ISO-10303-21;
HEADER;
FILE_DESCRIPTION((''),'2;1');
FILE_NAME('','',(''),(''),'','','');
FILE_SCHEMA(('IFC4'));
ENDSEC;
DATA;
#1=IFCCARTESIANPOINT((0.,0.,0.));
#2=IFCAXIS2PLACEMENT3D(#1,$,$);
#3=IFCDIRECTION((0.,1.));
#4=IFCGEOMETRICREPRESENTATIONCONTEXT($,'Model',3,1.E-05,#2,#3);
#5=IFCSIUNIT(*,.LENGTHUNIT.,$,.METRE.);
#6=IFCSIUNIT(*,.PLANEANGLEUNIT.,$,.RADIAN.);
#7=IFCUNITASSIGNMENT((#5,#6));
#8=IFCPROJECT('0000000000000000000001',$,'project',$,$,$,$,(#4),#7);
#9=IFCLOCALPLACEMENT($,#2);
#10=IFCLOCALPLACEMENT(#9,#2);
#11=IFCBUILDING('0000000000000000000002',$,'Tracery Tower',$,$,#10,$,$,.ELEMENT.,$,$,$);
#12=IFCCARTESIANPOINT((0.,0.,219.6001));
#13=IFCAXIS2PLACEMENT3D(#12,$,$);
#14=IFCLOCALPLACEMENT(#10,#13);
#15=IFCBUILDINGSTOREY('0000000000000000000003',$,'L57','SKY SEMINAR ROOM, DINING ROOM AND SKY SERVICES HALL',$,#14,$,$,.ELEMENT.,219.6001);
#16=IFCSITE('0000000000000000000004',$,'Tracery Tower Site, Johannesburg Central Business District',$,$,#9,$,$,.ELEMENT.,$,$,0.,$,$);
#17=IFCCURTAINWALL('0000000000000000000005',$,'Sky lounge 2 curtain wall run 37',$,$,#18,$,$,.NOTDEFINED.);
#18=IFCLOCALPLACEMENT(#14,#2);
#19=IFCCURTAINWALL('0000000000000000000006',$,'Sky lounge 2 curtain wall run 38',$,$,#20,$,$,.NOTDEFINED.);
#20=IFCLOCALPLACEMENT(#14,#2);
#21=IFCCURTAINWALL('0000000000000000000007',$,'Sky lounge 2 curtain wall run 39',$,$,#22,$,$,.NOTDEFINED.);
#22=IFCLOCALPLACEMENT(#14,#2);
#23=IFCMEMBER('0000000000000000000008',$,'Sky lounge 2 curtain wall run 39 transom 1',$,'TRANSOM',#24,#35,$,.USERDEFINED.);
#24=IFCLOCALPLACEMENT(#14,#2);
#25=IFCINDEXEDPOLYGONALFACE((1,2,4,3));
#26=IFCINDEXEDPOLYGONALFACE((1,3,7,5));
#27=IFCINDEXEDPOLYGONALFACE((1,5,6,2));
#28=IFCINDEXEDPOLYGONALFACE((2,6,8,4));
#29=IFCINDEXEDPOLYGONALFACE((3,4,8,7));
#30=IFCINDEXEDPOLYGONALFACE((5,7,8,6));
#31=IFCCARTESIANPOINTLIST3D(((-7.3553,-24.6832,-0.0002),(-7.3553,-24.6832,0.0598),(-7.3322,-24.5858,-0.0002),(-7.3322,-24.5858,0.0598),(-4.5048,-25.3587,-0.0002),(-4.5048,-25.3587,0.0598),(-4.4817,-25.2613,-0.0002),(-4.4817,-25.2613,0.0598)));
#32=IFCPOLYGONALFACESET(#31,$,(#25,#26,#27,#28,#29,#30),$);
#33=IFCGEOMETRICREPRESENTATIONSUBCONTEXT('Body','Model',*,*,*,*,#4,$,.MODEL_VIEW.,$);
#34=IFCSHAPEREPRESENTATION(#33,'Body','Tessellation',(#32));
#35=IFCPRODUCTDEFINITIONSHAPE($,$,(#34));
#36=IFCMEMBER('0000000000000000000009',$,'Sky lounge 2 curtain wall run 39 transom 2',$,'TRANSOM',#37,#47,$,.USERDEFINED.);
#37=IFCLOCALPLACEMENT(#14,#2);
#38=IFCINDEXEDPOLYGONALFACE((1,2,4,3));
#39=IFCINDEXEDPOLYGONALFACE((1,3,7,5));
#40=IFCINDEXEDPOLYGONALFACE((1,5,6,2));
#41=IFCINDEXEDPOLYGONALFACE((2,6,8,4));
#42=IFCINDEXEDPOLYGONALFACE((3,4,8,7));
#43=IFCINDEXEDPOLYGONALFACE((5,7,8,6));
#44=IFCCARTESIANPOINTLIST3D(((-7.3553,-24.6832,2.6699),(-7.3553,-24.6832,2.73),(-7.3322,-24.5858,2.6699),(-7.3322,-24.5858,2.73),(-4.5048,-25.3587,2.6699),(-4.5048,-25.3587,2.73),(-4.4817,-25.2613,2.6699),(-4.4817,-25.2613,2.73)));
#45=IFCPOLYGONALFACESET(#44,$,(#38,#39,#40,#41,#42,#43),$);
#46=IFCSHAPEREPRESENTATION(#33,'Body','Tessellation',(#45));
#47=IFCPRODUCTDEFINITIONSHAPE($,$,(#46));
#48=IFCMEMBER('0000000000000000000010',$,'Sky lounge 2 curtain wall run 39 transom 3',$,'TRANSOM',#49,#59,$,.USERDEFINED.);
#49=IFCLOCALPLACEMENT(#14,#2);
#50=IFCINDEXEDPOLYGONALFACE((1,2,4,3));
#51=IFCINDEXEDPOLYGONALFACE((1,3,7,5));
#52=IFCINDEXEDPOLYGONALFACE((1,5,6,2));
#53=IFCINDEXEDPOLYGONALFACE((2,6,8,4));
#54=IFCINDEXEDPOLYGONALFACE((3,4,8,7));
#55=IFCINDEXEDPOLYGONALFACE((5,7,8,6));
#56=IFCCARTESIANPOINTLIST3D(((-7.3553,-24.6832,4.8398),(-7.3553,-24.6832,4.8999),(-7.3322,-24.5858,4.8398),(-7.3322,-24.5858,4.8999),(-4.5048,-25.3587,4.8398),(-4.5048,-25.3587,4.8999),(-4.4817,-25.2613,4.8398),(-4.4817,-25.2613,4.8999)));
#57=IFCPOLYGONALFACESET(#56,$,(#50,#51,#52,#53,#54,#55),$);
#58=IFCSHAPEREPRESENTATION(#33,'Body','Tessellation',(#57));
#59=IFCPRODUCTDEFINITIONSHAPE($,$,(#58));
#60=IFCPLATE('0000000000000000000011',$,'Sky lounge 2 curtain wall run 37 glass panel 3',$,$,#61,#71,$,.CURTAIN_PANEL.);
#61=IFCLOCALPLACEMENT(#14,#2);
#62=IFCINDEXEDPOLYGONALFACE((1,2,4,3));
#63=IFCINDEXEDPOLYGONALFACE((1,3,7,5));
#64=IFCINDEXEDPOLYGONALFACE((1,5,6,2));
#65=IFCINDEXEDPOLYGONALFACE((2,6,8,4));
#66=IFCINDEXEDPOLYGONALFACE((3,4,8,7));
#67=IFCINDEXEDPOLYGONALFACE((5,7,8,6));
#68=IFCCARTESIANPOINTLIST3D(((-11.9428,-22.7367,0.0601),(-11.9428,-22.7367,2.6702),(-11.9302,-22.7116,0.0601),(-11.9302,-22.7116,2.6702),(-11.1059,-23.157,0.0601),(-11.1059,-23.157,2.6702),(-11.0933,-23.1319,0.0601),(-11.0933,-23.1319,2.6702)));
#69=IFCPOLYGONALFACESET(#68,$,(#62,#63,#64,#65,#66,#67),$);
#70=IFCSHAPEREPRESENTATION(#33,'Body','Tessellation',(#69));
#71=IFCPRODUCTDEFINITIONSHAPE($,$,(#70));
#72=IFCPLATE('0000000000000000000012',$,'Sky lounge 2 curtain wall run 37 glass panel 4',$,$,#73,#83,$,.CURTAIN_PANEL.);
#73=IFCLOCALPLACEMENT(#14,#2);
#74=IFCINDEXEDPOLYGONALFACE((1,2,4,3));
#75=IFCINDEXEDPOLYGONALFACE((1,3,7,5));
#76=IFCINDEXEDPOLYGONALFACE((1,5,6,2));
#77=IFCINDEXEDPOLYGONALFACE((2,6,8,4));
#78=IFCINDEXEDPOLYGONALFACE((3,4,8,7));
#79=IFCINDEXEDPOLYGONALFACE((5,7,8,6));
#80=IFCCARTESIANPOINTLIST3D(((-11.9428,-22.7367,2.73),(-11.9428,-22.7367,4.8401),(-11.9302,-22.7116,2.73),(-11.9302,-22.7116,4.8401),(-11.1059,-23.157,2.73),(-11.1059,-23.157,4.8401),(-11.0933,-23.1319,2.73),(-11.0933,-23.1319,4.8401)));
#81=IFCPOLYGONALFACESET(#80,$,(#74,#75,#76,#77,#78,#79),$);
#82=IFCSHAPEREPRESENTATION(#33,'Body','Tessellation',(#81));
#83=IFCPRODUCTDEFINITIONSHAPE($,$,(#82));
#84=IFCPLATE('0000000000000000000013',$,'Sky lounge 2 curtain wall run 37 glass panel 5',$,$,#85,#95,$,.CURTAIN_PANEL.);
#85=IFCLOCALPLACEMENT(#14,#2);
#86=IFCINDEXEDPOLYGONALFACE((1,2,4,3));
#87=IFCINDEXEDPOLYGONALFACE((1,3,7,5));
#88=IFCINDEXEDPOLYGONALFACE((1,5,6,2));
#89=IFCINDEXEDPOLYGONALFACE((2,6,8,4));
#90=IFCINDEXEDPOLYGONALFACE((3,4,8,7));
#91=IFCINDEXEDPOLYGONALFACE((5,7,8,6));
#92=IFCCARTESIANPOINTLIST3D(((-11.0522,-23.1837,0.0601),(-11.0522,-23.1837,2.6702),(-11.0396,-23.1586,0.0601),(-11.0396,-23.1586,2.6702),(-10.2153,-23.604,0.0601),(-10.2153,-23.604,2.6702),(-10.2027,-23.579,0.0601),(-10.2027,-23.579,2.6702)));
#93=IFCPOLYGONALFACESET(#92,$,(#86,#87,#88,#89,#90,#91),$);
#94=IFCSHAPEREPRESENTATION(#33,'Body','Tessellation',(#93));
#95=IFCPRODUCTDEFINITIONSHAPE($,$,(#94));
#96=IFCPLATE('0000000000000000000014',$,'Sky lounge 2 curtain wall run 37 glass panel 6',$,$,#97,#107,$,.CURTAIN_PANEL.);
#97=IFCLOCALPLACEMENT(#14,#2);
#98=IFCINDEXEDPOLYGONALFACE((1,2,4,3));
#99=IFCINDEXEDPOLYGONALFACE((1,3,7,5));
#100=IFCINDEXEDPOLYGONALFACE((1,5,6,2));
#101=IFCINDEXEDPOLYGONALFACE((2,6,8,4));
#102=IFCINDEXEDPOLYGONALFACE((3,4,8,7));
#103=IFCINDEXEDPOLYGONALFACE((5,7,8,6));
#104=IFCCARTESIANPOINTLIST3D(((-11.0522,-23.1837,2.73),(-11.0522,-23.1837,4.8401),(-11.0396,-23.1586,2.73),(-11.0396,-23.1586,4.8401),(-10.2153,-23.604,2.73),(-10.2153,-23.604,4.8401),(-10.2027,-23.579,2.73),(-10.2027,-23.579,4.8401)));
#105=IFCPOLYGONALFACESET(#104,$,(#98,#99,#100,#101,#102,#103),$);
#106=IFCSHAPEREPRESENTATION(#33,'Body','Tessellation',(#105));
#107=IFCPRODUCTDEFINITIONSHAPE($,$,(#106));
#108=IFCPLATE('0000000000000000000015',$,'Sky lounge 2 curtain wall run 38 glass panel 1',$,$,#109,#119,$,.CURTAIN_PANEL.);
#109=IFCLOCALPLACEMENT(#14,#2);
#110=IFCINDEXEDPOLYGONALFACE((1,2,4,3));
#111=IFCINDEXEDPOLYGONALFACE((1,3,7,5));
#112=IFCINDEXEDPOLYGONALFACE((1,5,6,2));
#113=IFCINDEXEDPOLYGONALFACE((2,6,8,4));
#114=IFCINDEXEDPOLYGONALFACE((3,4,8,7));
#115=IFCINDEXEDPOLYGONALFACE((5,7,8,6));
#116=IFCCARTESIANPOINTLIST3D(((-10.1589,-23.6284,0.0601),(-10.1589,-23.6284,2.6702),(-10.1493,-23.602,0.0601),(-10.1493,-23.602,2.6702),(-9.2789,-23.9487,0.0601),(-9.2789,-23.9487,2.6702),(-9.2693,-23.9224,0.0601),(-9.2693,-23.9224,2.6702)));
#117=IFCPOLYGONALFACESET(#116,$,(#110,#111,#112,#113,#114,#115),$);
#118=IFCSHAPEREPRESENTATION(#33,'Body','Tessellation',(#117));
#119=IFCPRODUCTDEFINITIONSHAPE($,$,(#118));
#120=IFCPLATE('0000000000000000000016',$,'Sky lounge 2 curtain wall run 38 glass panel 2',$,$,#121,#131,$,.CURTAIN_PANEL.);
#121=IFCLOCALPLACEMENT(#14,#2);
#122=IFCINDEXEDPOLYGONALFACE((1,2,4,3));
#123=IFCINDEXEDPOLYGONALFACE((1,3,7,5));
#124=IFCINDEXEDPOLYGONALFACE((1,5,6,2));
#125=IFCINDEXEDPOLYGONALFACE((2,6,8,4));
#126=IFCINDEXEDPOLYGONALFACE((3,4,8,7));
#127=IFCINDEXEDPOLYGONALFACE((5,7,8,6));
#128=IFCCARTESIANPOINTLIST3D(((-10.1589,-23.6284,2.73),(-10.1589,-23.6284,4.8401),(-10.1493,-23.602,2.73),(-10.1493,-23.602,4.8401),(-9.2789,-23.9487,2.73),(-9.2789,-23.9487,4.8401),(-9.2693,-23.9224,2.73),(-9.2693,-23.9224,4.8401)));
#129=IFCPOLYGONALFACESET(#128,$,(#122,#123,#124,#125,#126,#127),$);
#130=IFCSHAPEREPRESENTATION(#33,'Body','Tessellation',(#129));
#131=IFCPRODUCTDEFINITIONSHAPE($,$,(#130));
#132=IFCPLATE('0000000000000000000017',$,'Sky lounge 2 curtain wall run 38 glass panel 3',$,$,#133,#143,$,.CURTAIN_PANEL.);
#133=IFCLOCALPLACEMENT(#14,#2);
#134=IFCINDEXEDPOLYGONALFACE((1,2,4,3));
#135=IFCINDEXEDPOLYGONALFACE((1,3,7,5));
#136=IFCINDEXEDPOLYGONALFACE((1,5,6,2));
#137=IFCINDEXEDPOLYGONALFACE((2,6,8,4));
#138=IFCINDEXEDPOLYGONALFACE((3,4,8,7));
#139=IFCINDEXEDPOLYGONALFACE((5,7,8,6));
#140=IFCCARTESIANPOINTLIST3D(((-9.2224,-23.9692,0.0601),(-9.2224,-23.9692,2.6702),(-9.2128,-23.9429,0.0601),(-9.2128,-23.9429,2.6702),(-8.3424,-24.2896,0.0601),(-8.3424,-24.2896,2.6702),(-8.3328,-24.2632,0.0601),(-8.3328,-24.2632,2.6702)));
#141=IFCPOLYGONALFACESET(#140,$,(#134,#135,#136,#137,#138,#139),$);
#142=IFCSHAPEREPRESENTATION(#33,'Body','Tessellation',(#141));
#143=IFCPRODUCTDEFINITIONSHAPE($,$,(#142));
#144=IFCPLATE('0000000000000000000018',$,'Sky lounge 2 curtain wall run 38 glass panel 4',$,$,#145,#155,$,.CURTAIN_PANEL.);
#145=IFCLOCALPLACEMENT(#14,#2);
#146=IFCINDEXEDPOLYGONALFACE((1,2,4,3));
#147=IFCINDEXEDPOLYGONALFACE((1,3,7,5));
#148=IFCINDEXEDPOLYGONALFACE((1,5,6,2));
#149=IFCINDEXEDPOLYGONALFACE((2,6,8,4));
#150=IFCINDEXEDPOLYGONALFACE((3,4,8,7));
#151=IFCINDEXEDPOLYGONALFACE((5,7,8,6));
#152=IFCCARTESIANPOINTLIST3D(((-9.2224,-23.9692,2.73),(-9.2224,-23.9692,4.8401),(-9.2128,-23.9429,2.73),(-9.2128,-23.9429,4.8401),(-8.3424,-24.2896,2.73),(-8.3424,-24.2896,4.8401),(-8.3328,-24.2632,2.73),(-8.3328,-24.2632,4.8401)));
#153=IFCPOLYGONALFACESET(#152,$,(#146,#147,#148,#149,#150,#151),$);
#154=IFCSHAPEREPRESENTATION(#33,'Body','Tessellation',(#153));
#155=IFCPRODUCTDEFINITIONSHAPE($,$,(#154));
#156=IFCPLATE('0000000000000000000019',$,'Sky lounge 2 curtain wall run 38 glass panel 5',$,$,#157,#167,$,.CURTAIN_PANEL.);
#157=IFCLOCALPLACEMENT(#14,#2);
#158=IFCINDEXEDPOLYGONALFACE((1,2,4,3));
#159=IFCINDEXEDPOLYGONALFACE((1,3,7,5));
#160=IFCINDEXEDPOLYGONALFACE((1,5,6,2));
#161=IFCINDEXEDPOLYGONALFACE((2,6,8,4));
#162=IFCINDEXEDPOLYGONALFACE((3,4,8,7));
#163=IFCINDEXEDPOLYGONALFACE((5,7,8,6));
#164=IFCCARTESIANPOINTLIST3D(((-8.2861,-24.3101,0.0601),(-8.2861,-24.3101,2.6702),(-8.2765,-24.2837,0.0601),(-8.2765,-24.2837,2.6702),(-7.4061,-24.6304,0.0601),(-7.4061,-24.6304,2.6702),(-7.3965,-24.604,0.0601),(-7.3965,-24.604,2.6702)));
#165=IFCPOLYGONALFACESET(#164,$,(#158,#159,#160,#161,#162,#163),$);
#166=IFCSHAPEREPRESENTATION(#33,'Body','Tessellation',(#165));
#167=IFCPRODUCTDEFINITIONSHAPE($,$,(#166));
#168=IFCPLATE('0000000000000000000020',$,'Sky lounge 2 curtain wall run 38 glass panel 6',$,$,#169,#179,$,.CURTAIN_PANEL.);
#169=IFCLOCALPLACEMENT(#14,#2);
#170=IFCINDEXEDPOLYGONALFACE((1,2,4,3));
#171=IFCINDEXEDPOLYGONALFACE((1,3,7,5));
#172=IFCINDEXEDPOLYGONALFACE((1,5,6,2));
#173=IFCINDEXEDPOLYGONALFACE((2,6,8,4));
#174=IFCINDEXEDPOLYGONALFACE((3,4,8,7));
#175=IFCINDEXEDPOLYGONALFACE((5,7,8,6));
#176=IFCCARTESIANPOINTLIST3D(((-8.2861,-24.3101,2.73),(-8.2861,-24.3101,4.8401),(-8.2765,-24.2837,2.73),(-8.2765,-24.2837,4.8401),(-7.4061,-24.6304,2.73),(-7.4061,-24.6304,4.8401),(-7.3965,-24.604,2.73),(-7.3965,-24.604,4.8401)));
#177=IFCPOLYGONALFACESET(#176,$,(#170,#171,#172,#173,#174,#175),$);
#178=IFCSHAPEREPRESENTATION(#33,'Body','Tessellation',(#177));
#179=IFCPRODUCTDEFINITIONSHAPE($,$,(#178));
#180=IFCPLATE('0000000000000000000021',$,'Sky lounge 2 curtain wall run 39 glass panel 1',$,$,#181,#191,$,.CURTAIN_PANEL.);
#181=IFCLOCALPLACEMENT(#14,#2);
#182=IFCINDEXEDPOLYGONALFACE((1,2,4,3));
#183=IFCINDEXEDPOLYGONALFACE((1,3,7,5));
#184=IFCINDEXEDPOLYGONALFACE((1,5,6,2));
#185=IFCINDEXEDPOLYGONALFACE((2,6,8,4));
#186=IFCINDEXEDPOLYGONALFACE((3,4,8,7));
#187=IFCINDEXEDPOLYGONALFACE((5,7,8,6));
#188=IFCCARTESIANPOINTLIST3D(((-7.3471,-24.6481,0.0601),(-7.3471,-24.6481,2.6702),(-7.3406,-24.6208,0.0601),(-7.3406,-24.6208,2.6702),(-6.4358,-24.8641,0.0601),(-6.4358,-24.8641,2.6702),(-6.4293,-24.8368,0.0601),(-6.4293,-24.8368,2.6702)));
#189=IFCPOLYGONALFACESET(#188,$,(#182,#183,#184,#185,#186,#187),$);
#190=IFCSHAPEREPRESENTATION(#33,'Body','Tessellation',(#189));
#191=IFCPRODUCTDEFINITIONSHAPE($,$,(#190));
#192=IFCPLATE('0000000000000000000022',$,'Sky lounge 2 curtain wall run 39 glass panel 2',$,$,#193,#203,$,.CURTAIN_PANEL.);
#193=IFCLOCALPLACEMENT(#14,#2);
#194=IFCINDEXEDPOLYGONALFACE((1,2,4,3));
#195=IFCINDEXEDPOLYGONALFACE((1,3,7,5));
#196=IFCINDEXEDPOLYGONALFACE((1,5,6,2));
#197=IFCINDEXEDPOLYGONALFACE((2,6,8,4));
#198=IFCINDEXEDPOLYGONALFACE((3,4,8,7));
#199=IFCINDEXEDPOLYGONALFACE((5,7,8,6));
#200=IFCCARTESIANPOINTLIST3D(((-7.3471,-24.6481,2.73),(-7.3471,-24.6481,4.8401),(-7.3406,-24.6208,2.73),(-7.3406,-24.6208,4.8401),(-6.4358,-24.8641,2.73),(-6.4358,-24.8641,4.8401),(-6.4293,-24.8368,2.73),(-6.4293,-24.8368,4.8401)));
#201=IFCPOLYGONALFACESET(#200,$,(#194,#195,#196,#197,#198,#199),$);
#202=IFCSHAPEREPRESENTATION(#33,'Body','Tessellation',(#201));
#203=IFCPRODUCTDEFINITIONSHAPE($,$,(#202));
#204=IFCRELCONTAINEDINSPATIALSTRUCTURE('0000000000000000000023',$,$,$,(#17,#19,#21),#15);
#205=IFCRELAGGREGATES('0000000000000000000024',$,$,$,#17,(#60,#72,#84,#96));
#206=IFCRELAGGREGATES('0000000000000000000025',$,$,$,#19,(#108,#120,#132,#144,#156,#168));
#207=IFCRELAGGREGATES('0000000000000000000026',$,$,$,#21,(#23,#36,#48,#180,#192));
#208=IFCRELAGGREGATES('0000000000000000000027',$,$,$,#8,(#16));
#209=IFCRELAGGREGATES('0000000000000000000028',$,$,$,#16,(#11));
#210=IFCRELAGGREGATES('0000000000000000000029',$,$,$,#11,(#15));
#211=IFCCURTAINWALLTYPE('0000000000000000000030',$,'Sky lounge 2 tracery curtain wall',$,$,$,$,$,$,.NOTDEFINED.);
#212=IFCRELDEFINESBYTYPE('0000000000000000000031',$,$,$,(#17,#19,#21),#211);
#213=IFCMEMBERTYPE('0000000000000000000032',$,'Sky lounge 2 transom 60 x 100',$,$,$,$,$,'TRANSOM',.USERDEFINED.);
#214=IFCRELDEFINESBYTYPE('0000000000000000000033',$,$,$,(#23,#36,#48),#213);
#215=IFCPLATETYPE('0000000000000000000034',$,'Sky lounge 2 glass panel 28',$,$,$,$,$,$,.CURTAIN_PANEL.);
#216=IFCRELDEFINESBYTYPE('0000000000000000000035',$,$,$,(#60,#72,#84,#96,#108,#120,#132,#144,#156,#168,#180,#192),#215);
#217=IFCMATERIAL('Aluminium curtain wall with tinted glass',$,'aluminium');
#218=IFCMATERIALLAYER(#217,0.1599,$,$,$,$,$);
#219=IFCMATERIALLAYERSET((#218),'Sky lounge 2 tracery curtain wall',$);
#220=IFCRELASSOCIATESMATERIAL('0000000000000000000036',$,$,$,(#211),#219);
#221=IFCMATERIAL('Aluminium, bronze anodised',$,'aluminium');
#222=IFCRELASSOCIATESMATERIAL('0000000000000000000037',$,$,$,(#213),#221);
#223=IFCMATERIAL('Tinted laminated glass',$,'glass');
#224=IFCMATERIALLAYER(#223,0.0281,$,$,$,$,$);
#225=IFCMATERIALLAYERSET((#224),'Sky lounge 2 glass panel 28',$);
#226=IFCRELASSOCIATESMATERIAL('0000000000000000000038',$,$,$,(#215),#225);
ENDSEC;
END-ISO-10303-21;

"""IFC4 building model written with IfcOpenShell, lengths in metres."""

from ifc_helpers import new_model, si_unit, direction, frame, origin, origin_2d, place, context, subcontext, project, spatial, rectangle, extrude, material, layer, layer_set, material_profile, profile_set, type_object, element, aggregate, save


model = new_model("IFC4")

# Units and contexts
model_context = context("Model", 3, precision=1e-05, world=origin(), true_north=direction((0.0, 1.0)))
body_context = subcontext(model_context, "Body", "Model", "MODEL_VIEW")
ifc_project = project(units=[si_unit("LENGTHUNIT", "METRE"), si_unit("PLANEANGLEUNIT", "RADIAN")], contexts=[model_context])

# Site, building, storey
site_placement = place(None, origin())
site = spatial("IfcSite", under=ifc_project, at=site_placement, Name="Tracery Tower Site, Johannesburg Central Business District", CompositionType="ELEMENT", RefElevation=0.0)
building_placement = place(site_placement, origin())
building = spatial("IfcBuilding", under=site, at=building_placement, Name="Tracery Tower", CompositionType="ELEMENT")
storey_placement = place(building_placement, frame((0.0, 0.0, 219.6001)))
storey = spatial("IfcBuildingStorey", under=building, at=storey_placement, Name="L57", Description="SKY SEMINAR ROOM, DINING ROOM AND SKY SERVICES HALL", CompositionType="ELEMENT", Elevation=219.6001)

# Curtain wall
ifc_material_1 = material(Name="Aluminium curtain wall with tinted glass", Category="aluminium")
ifc_layer_1 = layer(ifc_material_1, 0.1599)
ifc_layer_set_1 = layer_set([ifc_layer_1], Name="Sky lounge 2 tracery curtain wall")
curtain_wall_type = type_object("IfcCurtainWallType", Name="Sky lounge 2 tracery curtain wall", PredefinedType="NOTDEFINED", material=ifc_layer_set_1)
curtain_wall_1_placement = place(storey_placement, origin())
curtain_wall_1 = element("IfcCurtainWall", 1, at=curtain_wall_1_placement, inside=storey, type_object=curtain_wall_type, Name="Sky lounge 2 curtain wall run 37", PredefinedType="NOTDEFINED")

# Curtain walls
curtain_wall_2_placement = place(storey_placement, origin())
curtain_wall_2 = element("IfcCurtainWall", 2, at=curtain_wall_2_placement, inside=storey, type_object=curtain_wall_type, Name="Sky lounge 2 curtain wall run 38", PredefinedType="NOTDEFINED")
curtain_wall_3_placement = place(storey_placement, origin())
curtain_wall_3 = element("IfcCurtainWall", 3, at=curtain_wall_3_placement, inside=storey, type_object=curtain_wall_type, Name="Sky lounge 2 curtain wall run 39", PredefinedType="NOTDEFINED")

# Members
ifc_material_2 = material(Name="Aluminium, bronze anodised", Category="aluminium")
ifc_material_profile_1 = material_profile(ifc_material_2, rectangle(XDim=0.1001, YDim=0.0601, at=origin_2d()), Name="AL 60x100")
ifc_profile_set_1 = profile_set([ifc_material_profile_1], Name="Aluminium, bronze anodised")
member_type_1 = type_object("IfcMemberType", Name="Sky lounge 2 transom 60 x 100", ElementType="TRANSOM", PredefinedType="USERDEFINED", material=ifc_profile_set_1)
member_1_placement = place(storey_placement, frame((-7.3438, -24.6345, 0.0298), z_axis=(0.97305, -0.230595, 0.0), x_axis=(0.230595, 0.97305, 0.0)))
member_1 = element("IfcMember", 4, at=member_1_placement, type_object=member_type_1, Name="Sky lounge 2 curtain wall run 39 transom 1", ObjectType="TRANSOM", PredefinedType="USERDEFINED", context=body_context, shape_type="SweptSolid", body=[
    extrude(rectangle(XDim=0.1001, YDim=0.0601, at=origin_2d()), origin(), (0.0, 0.0, 1.0), 2.9294),
])
member_2_placement = place(storey_placement, frame((-7.3438, -24.6345, 2.7), z_axis=(0.97305, -0.230595, 0.0), x_axis=(0.230595, 0.97305, 0.0)))
member_2 = element("IfcMember", 5, at=member_2_placement, type_object=member_type_1, Name="Sky lounge 2 curtain wall run 39 transom 2", ObjectType="TRANSOM", PredefinedType="USERDEFINED", context=body_context, shape_type="SweptSolid", body=[
    extrude(rectangle(XDim=0.1001, YDim=0.0601, at=origin_2d()), origin(), (0.0, 0.0, 1.0), 2.9294),
])
member_3_placement = place(storey_placement, frame((-7.3438, -24.6345, 4.8699), z_axis=(0.97305, -0.230595, 0.0), x_axis=(0.230595, 0.97305, 0.0)))
member_3 = element("IfcMember", 6, at=member_3_placement, type_object=member_type_1, Name="Sky lounge 2 curtain wall run 39 transom 3", ObjectType="TRANSOM", PredefinedType="USERDEFINED", context=body_context, shape_type="SweptSolid", body=[
    extrude(rectangle(XDim=0.1001, YDim=0.0601, at=origin_2d()), origin(), (0.0, 0.0, 1.0), 2.9294),
])

# Plates
ifc_material_3 = material(Name="Tinted laminated glass", Category="glass")
ifc_layer_2 = layer(ifc_material_3, 0.0281)
ifc_layer_set_2 = layer_set([ifc_layer_2], Name="Sky lounge 2 glass panel 28")
plate_type = type_object("IfcPlateType", Name="Sky lounge 2 glass panel 28", PredefinedType="CURTAIN_PANEL", material=ifc_layer_set_2)
plate_1_placement = place(storey_placement, frame((-11.5181, -22.9343, 0.0601), z_axis=(0.0, 0.0, 1.0), x_axis=(0.893633, -0.448799, 0.0)))
plate_1 = element("IfcPlate", 7, at=plate_1_placement, type_object=plate_type, Name="Sky lounge 2 curtain wall run 37 glass panel 3", PredefinedType="CURTAIN_PANEL", context=body_context, shape_type="SweptSolid", body=[
    extrude(rectangle(XDim=0.9365, YDim=0.0281, at=origin_2d()), origin(), (0.0, 0.0, 1.0), 2.6101),
])
plate_2_placement = place(storey_placement, frame((-11.5181, -22.9343, 2.73), z_axis=(0.0, 0.0, 1.0), x_axis=(0.893633, -0.448799, 0.0)))
plate_2 = element("IfcPlate", 8, at=plate_2_placement, type_object=plate_type, Name="Sky lounge 2 curtain wall run 37 glass panel 4", PredefinedType="CURTAIN_PANEL", context=body_context, shape_type="SweptSolid", body=[
    extrude(rectangle(XDim=0.9365, YDim=0.0281, at=origin_2d()), origin(), (0.0, 0.0, 1.0), 2.1101),
])
plate_3_placement = place(storey_placement, frame((-10.6274, -23.3813, 0.0601), z_axis=(0.0, 0.0, 1.0), x_axis=(0.893633, -0.448799, 0.0)))
plate_3 = element("IfcPlate", 9, at=plate_3_placement, type_object=plate_type, Name="Sky lounge 2 curtain wall run 37 glass panel 5", PredefinedType="CURTAIN_PANEL", context=body_context, shape_type="SweptSolid", body=[
    extrude(rectangle(XDim=0.9365, YDim=0.0281, at=origin_2d()), origin(), (0.0, 0.0, 1.0), 2.6101),
])
plate_4_placement = place(storey_placement, frame((-10.6274, -23.3813, 2.73), z_axis=(0.0, 0.0, 1.0), x_axis=(0.893633, -0.448799, 0.0)))
plate_4 = element("IfcPlate", 10, at=plate_4_placement, type_object=plate_type, Name="Sky lounge 2 curtain wall run 37 glass panel 6", PredefinedType="CURTAIN_PANEL", context=body_context, shape_type="SweptSolid", body=[
    extrude(rectangle(XDim=0.9365, YDim=0.0281, at=origin_2d()), origin(), (0.0, 0.0, 1.0), 2.1101),
])
aggregate(curtain_wall_1, [plate_1, plate_2, plate_3, plate_4])
plate_5_placement = place(storey_placement, frame((-9.7141, -23.7754, 0.0601), z_axis=(0.0, 0.0, 1.0), x_axis=(0.939693, -0.34202, 0.0)))
plate_5 = element("IfcPlate", 11, at=plate_5_placement, type_object=plate_type, Name="Sky lounge 2 curtain wall run 38 glass panel 1", PredefinedType="CURTAIN_PANEL", context=body_context, shape_type="SweptSolid", body=[
    extrude(rectangle(XDim=0.9365, YDim=0.0281, at=origin_2d()), origin(), (0.0, 0.0, 1.0), 2.6101),
])
plate_6_placement = place(storey_placement, frame((-9.7141, -23.7754, 2.73), z_axis=(0.0, 0.0, 1.0), x_axis=(0.939693, -0.34202, 0.0)))
plate_6 = element("IfcPlate", 12, at=plate_6_placement, type_object=plate_type, Name="Sky lounge 2 curtain wall run 38 glass panel 2", PredefinedType="CURTAIN_PANEL", context=body_context, shape_type="SweptSolid", body=[
    extrude(rectangle(XDim=0.9365, YDim=0.0281, at=origin_2d()), origin(), (0.0, 0.0, 1.0), 2.1101),
])
plate_7_placement = place(storey_placement, frame((-8.7776, -24.1162, 0.0601), z_axis=(0.0, 0.0, 1.0), x_axis=(0.939693, -0.34202, 0.0)))
plate_7 = element("IfcPlate", 13, at=plate_7_placement, type_object=plate_type, Name="Sky lounge 2 curtain wall run 38 glass panel 3", PredefinedType="CURTAIN_PANEL", context=body_context, shape_type="SweptSolid", body=[
    extrude(rectangle(XDim=0.9365, YDim=0.0281, at=origin_2d()), origin(), (0.0, 0.0, 1.0), 2.6101),
])
plate_8_placement = place(storey_placement, frame((-8.7776, -24.1162, 2.73), z_axis=(0.0, 0.0, 1.0), x_axis=(0.939693, -0.34202, 0.0)))
plate_8 = element("IfcPlate", 14, at=plate_8_placement, type_object=plate_type, Name="Sky lounge 2 curtain wall run 38 glass panel 4", PredefinedType="CURTAIN_PANEL", context=body_context, shape_type="SweptSolid", body=[
    extrude(rectangle(XDim=0.9365, YDim=0.0281, at=origin_2d()), origin(), (0.0, 0.0, 1.0), 2.1101),
])
plate_9_placement = place(storey_placement, frame((-7.8413, -24.457, 0.0601), z_axis=(0.0, 0.0, 1.0), x_axis=(0.939693, -0.34202, 0.0)))
plate_9 = element("IfcPlate", 15, at=plate_9_placement, type_object=plate_type, Name="Sky lounge 2 curtain wall run 38 glass panel 5", PredefinedType="CURTAIN_PANEL", context=body_context, shape_type="SweptSolid", body=[
    extrude(rectangle(XDim=0.9365, YDim=0.0281, at=origin_2d()), origin(), (0.0, 0.0, 1.0), 2.6101),
])
plate_10_placement = place(storey_placement, frame((-7.8413, -24.457, 2.73), z_axis=(0.0, 0.0, 1.0), x_axis=(0.939693, -0.34202, 0.0)))
plate_10 = element("IfcPlate", 16, at=plate_10_placement, type_object=plate_type, Name="Sky lounge 2 curtain wall run 38 glass panel 6", PredefinedType="CURTAIN_PANEL", context=body_context, shape_type="SweptSolid", body=[
    extrude(rectangle(XDim=0.9365, YDim=0.0281, at=origin_2d()), origin(), (0.0, 0.0, 1.0), 2.1101),
])
aggregate(curtain_wall_2, [plate_5, plate_6, plate_7, plate_8, plate_9, plate_10])
plate_11_placement = place(storey_placement, frame((-6.8882, -24.7424, 0.0601), z_axis=(0.0, 0.0, 1.0), x_axis=(0.973045, -0.230616, 0.0)))
plate_11 = element("IfcPlate", 17, at=plate_11_placement, type_object=plate_type, Name="Sky lounge 2 curtain wall run 39 glass panel 1", PredefinedType="CURTAIN_PANEL", context=body_context, shape_type="SweptSolid", body=[
    extrude(rectangle(XDim=0.9365, YDim=0.0281, at=origin_2d()), origin(), (0.0, 0.0, 1.0), 2.6101),
])
plate_12_placement = place(storey_placement, frame((-6.8882, -24.7424, 2.73), z_axis=(0.0, 0.0, 1.0), x_axis=(0.973045, -0.230616, 0.0)))
plate_12 = element("IfcPlate", 18, at=plate_12_placement, type_object=plate_type, Name="Sky lounge 2 curtain wall run 39 glass panel 2", PredefinedType="CURTAIN_PANEL", context=body_context, shape_type="SweptSolid", body=[
    extrude(rectangle(XDim=0.9365, YDim=0.0281, at=origin_2d()), origin(), (0.0, 0.0, 1.0), 2.1101),
])
aggregate(curtain_wall_3, [member_1, member_2, member_3, plate_11, plate_12])

save(model, "model.ifc")
